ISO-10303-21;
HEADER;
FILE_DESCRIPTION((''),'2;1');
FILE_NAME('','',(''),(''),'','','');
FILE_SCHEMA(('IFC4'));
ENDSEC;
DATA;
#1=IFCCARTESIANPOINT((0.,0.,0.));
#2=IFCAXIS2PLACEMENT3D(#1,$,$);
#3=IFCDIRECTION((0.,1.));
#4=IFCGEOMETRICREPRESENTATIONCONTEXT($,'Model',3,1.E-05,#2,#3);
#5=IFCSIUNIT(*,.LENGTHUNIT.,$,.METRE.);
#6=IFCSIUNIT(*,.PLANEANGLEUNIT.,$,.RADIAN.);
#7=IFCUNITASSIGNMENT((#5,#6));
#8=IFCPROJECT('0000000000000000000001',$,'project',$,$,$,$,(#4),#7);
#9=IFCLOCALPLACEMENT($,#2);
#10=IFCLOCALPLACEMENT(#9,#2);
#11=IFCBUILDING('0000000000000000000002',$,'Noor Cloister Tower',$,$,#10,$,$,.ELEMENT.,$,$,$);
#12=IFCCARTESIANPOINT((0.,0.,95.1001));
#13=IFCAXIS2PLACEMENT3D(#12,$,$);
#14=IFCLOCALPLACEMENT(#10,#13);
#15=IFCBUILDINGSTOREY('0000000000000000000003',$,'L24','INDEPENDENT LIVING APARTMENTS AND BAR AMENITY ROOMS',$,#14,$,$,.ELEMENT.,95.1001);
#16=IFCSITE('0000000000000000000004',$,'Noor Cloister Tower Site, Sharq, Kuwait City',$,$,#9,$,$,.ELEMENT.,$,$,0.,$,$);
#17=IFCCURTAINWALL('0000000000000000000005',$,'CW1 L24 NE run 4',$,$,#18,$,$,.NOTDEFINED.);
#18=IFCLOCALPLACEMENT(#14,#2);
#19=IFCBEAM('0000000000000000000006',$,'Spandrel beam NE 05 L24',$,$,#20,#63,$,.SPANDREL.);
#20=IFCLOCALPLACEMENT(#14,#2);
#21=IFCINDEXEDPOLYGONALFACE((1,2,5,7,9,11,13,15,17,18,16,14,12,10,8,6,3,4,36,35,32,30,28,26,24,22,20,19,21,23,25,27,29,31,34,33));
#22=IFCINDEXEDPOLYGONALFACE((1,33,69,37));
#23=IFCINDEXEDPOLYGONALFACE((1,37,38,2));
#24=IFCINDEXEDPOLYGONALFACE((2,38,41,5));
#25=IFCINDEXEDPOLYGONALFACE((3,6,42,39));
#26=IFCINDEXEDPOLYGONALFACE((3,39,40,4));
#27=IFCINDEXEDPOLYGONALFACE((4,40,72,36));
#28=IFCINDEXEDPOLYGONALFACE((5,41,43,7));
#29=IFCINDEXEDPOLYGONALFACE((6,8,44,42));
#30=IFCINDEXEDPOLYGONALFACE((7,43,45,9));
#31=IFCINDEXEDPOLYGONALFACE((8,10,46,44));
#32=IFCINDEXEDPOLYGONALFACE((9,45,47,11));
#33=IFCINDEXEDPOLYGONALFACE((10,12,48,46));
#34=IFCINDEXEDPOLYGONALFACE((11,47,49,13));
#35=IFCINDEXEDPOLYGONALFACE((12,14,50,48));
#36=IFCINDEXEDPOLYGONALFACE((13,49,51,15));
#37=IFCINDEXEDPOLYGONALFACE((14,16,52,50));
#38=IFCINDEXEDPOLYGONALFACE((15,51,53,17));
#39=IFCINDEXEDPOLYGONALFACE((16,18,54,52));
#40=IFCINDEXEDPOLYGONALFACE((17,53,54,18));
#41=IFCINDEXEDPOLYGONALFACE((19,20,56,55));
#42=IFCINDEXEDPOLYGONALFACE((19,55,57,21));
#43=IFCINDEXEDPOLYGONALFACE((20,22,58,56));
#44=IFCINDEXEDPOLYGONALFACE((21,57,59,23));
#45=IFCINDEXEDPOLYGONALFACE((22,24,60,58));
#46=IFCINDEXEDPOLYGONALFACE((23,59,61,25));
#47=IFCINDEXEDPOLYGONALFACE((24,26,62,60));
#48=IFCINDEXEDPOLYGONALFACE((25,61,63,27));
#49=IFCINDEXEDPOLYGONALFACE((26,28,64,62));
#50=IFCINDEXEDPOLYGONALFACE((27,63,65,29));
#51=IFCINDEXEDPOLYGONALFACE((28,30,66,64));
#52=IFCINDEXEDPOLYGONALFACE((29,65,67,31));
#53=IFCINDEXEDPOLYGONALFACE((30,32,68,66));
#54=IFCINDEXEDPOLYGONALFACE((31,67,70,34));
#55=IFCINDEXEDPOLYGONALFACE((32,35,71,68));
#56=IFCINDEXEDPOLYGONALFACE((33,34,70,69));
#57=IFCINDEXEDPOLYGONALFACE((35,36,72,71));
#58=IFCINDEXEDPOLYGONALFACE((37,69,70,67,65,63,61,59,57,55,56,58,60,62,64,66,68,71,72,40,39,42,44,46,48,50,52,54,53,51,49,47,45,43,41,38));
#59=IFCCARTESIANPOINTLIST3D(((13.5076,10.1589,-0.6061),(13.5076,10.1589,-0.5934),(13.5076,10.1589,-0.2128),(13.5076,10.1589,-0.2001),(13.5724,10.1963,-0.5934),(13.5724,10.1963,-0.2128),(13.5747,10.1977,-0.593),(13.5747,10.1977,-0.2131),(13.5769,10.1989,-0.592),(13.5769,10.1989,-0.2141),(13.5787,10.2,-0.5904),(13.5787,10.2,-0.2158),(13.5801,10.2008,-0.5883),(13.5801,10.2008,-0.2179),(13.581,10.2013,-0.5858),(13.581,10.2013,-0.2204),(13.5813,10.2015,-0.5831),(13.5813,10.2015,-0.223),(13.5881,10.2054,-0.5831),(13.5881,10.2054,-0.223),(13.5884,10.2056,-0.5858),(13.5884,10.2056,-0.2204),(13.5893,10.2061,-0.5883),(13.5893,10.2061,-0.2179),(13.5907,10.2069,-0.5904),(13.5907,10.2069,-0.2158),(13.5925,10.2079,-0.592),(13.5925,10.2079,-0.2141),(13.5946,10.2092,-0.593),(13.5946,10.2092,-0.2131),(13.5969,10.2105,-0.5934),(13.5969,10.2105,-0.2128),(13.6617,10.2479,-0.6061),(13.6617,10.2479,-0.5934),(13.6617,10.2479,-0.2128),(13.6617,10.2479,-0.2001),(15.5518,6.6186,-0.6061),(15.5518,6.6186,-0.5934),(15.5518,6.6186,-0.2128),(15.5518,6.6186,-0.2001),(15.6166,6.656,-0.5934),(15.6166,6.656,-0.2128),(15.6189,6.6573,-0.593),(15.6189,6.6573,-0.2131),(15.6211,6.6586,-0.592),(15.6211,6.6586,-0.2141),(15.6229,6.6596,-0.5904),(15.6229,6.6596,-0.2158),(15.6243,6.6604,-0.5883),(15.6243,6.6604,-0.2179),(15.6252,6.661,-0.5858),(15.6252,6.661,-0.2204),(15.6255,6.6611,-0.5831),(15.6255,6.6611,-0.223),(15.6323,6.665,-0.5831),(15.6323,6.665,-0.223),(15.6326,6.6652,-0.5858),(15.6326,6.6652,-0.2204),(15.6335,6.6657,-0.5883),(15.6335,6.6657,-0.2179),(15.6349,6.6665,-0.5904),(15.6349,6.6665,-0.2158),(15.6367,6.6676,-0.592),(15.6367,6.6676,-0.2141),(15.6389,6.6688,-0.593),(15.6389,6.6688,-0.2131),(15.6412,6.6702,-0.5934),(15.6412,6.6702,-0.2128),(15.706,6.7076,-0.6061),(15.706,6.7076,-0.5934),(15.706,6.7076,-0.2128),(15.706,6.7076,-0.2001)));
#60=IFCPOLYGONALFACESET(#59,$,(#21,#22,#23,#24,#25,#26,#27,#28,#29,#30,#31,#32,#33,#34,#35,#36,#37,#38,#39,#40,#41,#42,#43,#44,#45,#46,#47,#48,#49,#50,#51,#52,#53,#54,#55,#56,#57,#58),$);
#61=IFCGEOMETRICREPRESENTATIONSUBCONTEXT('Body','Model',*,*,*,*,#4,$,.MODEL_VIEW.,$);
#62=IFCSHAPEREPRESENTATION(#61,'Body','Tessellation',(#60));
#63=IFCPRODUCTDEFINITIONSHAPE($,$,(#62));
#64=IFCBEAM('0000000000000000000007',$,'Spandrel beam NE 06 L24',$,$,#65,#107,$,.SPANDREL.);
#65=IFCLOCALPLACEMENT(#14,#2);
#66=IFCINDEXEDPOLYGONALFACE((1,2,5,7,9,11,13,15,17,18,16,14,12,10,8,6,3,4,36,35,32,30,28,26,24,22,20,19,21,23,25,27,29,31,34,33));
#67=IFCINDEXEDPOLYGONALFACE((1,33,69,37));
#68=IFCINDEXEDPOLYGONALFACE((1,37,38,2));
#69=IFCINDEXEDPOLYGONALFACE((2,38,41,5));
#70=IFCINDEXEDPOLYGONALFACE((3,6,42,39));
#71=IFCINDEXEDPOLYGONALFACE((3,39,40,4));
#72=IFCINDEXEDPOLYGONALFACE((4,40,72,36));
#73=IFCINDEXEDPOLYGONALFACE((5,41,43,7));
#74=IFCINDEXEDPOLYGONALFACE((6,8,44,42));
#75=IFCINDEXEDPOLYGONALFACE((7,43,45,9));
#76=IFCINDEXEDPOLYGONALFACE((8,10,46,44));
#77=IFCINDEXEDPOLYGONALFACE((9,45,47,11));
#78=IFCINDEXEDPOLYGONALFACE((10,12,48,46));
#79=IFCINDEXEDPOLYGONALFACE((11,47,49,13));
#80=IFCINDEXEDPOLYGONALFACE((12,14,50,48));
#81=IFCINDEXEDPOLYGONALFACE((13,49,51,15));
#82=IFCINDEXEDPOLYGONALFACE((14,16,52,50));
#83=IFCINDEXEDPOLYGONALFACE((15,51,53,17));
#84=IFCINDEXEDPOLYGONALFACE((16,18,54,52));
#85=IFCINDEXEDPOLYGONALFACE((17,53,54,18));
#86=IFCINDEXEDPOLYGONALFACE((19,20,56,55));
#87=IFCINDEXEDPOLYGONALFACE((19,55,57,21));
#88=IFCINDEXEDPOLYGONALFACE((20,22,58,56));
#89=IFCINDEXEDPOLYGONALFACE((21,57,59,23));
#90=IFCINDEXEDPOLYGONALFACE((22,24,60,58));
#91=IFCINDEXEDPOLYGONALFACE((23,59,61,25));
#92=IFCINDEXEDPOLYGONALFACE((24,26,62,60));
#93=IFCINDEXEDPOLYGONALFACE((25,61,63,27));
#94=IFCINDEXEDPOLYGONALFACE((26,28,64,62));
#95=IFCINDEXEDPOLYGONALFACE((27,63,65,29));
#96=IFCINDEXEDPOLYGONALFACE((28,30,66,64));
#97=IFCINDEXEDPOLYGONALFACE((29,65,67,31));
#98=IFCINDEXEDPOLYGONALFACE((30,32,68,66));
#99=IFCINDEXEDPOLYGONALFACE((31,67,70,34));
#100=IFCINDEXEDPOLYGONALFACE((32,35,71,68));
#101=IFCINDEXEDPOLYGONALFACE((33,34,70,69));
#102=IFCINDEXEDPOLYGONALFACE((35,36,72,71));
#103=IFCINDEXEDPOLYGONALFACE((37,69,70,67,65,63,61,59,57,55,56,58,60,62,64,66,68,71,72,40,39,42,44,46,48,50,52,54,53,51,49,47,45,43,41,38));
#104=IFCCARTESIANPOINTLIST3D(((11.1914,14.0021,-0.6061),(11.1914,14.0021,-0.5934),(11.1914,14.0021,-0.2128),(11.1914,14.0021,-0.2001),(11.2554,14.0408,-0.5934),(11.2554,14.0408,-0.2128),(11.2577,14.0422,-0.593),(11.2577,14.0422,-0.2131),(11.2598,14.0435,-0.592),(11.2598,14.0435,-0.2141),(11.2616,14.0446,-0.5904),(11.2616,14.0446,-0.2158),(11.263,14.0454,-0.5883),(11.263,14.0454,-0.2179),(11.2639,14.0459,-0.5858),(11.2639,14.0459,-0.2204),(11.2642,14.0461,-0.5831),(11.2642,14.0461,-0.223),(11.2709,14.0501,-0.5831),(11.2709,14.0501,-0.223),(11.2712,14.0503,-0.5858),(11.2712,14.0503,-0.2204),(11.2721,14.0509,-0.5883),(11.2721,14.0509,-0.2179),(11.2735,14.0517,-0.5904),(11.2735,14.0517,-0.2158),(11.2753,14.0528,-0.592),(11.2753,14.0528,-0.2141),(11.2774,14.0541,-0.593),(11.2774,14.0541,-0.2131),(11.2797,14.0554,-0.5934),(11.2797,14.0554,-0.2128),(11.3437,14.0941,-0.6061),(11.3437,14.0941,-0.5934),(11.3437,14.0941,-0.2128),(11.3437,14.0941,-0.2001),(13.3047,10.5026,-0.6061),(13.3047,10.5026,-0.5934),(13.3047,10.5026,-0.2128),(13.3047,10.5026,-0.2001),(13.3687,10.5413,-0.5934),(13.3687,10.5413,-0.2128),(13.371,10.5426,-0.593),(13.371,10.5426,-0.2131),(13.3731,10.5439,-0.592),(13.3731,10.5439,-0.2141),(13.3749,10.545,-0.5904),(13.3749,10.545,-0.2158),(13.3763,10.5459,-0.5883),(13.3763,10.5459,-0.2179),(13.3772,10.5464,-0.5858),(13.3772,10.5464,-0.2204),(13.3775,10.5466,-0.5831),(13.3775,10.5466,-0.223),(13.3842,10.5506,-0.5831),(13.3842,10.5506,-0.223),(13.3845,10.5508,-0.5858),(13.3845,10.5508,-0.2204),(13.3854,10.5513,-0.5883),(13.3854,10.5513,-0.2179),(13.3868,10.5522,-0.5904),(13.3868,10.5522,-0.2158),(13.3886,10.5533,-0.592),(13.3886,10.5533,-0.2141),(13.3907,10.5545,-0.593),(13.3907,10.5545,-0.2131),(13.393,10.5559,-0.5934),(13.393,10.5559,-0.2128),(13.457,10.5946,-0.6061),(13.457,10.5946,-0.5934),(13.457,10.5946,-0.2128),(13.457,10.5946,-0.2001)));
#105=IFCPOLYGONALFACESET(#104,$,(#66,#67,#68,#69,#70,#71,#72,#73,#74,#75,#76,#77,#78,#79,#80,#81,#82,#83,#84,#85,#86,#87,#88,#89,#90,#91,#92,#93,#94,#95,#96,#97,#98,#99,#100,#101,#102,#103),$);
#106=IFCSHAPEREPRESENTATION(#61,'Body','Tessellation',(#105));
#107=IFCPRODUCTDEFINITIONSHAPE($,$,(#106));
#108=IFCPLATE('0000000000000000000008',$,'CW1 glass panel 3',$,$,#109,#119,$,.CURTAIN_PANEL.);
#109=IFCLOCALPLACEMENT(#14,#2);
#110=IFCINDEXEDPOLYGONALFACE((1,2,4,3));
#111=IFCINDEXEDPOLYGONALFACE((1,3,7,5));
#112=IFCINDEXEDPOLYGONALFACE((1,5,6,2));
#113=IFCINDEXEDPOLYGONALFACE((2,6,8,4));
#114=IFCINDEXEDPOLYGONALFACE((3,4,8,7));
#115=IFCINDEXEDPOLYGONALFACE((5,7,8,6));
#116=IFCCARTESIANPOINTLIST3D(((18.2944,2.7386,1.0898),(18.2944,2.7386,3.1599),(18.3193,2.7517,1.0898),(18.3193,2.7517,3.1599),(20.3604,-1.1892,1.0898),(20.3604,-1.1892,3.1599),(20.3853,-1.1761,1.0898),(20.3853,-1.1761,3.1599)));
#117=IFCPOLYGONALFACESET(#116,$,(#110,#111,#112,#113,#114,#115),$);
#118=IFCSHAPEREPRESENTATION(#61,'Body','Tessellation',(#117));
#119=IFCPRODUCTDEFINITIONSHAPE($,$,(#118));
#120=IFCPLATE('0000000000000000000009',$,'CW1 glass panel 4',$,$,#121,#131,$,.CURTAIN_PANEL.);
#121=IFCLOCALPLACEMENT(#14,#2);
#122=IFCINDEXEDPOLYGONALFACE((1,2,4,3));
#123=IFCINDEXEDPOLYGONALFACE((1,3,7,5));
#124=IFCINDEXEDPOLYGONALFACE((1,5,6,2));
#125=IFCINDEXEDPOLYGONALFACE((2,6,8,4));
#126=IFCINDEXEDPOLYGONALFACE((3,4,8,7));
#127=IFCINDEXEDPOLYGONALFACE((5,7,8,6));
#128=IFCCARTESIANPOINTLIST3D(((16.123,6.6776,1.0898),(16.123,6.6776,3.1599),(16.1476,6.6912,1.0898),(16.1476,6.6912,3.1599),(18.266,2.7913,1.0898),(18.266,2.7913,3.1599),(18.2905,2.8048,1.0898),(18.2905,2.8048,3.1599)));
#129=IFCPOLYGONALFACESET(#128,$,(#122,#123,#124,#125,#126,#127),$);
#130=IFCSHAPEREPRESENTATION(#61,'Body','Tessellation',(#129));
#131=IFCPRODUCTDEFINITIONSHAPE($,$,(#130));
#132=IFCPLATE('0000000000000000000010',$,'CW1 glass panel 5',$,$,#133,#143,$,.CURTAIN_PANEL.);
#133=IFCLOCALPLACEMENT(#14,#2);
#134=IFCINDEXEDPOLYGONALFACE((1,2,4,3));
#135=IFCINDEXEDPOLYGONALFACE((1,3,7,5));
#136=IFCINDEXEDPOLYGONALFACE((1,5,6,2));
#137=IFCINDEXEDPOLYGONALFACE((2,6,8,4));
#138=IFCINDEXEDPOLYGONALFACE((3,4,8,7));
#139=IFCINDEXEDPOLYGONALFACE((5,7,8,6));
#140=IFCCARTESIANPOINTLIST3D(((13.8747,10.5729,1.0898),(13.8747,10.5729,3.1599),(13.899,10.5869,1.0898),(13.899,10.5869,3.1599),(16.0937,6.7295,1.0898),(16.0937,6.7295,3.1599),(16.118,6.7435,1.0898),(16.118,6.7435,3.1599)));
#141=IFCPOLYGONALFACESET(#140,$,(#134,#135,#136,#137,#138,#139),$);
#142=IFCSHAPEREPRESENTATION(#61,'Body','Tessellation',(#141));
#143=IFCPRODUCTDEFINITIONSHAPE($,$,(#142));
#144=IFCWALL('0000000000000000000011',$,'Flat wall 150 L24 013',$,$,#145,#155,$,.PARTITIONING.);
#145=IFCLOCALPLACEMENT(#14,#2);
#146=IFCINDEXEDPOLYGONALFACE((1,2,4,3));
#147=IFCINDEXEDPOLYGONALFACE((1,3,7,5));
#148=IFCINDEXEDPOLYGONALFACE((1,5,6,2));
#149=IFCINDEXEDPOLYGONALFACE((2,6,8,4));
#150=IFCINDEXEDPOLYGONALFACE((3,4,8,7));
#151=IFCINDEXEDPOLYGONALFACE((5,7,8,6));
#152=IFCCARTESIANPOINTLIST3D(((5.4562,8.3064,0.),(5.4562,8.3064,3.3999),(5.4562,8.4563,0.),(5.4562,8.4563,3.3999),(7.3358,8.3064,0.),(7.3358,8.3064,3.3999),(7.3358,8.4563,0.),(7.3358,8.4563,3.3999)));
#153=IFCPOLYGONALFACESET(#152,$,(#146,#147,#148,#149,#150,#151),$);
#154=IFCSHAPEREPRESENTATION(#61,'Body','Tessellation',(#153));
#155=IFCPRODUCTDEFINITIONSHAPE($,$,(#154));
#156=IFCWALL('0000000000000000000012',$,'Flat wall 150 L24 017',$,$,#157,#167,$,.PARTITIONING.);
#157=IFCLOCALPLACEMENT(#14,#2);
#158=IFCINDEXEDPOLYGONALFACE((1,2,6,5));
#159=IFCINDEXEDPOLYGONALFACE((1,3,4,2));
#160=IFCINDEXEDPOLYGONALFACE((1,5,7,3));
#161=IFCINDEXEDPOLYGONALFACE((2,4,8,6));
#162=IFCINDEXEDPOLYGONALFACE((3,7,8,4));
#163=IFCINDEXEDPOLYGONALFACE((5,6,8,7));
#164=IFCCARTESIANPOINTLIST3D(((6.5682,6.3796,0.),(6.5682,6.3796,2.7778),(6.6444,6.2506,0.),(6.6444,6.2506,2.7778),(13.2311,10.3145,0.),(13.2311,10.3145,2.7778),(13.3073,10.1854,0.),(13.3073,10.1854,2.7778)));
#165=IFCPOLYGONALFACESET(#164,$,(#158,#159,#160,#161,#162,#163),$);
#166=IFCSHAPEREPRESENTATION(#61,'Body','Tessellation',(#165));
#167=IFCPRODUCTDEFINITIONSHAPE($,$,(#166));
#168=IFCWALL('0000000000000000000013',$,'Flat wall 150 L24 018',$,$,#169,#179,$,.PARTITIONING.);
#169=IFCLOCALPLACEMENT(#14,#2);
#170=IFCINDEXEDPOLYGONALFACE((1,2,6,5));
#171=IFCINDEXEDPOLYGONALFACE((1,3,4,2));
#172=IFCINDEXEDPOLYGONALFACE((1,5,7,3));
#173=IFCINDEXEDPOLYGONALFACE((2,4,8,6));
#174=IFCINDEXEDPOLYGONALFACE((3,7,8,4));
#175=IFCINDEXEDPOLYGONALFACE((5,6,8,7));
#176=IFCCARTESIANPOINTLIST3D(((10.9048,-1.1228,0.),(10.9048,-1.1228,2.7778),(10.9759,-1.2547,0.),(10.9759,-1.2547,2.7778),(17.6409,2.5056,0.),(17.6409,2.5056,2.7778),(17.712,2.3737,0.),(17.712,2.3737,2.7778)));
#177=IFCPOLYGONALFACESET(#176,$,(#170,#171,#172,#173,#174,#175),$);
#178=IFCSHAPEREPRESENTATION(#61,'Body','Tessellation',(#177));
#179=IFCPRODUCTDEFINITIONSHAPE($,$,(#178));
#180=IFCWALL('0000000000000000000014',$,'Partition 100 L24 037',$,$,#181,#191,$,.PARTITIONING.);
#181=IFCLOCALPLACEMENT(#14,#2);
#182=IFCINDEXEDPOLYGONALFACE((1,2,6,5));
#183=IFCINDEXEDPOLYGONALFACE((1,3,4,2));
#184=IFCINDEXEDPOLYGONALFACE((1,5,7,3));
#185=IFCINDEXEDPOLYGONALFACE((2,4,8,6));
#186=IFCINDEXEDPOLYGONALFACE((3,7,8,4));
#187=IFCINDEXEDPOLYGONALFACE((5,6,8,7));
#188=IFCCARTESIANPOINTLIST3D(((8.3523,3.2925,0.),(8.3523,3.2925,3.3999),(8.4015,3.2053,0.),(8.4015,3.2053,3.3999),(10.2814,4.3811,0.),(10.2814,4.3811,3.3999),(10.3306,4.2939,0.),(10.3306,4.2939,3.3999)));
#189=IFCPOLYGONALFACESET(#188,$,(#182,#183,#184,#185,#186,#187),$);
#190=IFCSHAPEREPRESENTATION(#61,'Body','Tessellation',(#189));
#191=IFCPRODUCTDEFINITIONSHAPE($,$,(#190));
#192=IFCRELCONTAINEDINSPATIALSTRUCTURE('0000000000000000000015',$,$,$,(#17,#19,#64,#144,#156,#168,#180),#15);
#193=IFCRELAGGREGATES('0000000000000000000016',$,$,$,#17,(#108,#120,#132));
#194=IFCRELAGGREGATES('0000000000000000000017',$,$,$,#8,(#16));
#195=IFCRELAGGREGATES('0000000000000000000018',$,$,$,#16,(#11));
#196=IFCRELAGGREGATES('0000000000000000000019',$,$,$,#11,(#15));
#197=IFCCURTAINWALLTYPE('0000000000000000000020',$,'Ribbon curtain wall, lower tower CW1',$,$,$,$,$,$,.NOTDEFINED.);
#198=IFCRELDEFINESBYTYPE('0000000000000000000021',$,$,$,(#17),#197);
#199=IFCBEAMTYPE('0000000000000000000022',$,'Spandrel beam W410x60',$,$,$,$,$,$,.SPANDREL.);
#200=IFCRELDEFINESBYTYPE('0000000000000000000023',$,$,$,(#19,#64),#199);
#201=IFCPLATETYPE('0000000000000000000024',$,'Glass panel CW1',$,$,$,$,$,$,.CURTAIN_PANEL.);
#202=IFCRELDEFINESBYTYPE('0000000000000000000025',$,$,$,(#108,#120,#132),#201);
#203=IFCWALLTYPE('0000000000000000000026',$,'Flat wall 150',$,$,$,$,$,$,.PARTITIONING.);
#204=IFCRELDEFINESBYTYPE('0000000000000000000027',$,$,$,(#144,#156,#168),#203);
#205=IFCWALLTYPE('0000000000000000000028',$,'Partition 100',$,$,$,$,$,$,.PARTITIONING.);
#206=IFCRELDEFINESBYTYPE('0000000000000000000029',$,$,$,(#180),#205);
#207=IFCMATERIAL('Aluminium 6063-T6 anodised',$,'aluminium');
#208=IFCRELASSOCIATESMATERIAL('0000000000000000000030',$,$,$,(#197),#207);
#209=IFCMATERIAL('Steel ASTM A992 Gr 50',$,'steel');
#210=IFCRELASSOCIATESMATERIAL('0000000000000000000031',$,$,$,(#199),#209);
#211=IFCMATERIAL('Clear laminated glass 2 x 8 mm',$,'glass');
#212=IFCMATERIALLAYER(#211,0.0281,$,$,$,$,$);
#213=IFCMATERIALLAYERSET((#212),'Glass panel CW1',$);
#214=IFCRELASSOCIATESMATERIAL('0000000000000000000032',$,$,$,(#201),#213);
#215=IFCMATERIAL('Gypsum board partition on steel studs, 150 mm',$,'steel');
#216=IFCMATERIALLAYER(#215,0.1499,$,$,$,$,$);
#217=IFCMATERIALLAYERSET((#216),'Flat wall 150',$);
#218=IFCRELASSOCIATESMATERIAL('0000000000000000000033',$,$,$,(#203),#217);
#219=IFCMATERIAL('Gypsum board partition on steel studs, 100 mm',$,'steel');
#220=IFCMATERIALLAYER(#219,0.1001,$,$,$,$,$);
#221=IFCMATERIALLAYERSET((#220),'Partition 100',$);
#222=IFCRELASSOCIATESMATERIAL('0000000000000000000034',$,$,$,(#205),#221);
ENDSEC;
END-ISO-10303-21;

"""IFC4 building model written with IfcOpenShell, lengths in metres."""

from ifc_helpers import new_model, si_unit, direction, frame, frame_2d, origin, origin_2d, place, context, subcontext, project, spatial, rectangle, i_section, extrude, material, layer, layer_set, material_profile, profile_set, type_object, element, aggregate, save


model = new_model("IFC4")

# Units and contexts
model_context = context("Model", 3, precision=1e-05, world=origin(), true_north=direction((0.0, 1.0)))
body_context = subcontext(model_context, "Body", "Model", "MODEL_VIEW")
ifc_project = project(units=[si_unit("LENGTHUNIT", "METRE"), si_unit("PLANEANGLEUNIT", "RADIAN")], contexts=[model_context])

# Site, building, storey
site_placement = place(None, origin())
site = spatial("IfcSite", under=ifc_project, at=site_placement, Name="Noor Cloister Tower Site, Sharq, Kuwait City", CompositionType="ELEMENT", RefElevation=0.0)
building_placement = place(site_placement, origin())
building = spatial("IfcBuilding", under=site, at=building_placement, Name="Noor Cloister Tower", CompositionType="ELEMENT")
storey_placement = place(building_placement, frame((0.0, 0.0, 95.1001)))
storey = spatial("IfcBuildingStorey", under=building, at=storey_placement, Name="L24", Description="INDEPENDENT LIVING APARTMENTS AND BAR AMENITY ROOMS", CompositionType="ELEMENT", Elevation=95.1001)

# Curtain wall
ifc_material_1 = material(Name="Aluminium 6063-T6 anodised", Category="aluminium")
curtain_wall_type = type_object("IfcCurtainWallType", Name="Ribbon curtain wall, lower tower CW1", PredefinedType="NOTDEFINED", material=ifc_material_1)
curtain_wall_placement = place(storey_placement, origin())
curtain_wall = element("IfcCurtainWall", 1, at=curtain_wall_placement, inside=storey, type_object=curtain_wall_type, Name="CW1 L24 NE run 4", PredefinedType="NOTDEFINED")

# Beams
ifc_material_2 = material(Name="Steel ASTM A992 Gr 50", Category="steel")
ifc_material_profile_1 = material_profile(ifc_material_2, i_section(OverallWidth=0.178, OverallDepth=0.406, WebThickness=0.0078, FlangeThickness=0.0127, FilletRadius=0.0103, at=origin_2d()), Name="W410x60")
ifc_profile_set_1 = profile_set([ifc_material_profile_1], Name="Steel ASTM A992 Gr 50")
beam_type_1 = type_object("IfcBeamType", Name="Spandrel beam W410x60", PredefinedType="SPANDREL", material=ifc_profile_set_1)
for number, where, z_axis, x_axis, name in (
    (2, (15.6289, 6.6631, -0.4031), (-0.500038, 0.866004, 0.0), (-0.866004, -0.500038, 0.0), "Spandrel beam NE 05 L24"),
    (3, (13.3809, 10.5486, -0.4031), (-0.516935, 0.856025, 0.0), (-0.856025, -0.516935, 0.0), "Spandrel beam NE 06 L24"),
):
    element("IfcBeam", number, at=place(storey_placement, frame(where, z_axis=z_axis, x_axis=x_axis)), inside=storey, type_object=beam_type_1, Name=name, PredefinedType="SPANDREL", context=body_context, shape_type="SweptSolid", body=[
        extrude(i_section(OverallWidth=0.178, OverallDepth=0.406, WebThickness=0.0078, FlangeThickness=0.0127, FilletRadius=0.0103, at=origin_2d()), origin(), (0.0, 0.0, 1.0), 4.0881),
    ])

# Plates
ifc_material_3 = material(Name="Clear laminated glass 2 x 8 mm", Category="glass")
ifc_layer_1 = layer(ifc_material_3, 0.0281)
ifc_layer_set_1 = layer_set([ifc_layer_1], Name="Glass panel CW1")
plate_type = type_object("IfcPlateType", Name="Glass panel CW1", PredefinedType="CURTAIN_PANEL", material=ifc_layer_set_1)
plate_1_placement = place(storey_placement, frame((19.3398, 0.7812, 1.0898), z_axis=(0.0, 0.0, 1.0), x_axis=(-0.465529, 0.885033, 0.0)))
plate_1 = element("IfcPlate", 4, at=plate_1_placement, type_object=plate_type, Name="CW1 glass panel 3", PredefinedType="CURTAIN_PANEL", context=body_context, shape_type="SweptSolid", body=[
    extrude(rectangle(XDim=4.438, YDim=0.0281, at=origin_2d()), origin(), (0.0, 0.0, 1.0), 2.0701),
])
plate_2_placement = place(storey_placement, frame((17.2068, 4.7412, 1.0898), z_axis=(0.0, 0.0, 1.0), x_axis=(-0.482858, 0.875699, 0.0)))
plate_2 = element("IfcPlate", 5, at=plate_2_placement, type_object=plate_type, Name="CW1 glass panel 4", PredefinedType="CURTAIN_PANEL", context=body_context, shape_type="SweptSolid", body=[
    extrude(rectangle(XDim=4.438, YDim=0.0281, at=origin_2d()), origin(), (0.0, 0.0, 1.0), 2.0701),
])
plate_3_placement = place(storey_placement, frame((14.9963, 8.6582, 1.0898), z_axis=(0.0, 0.0, 1.0), x_axis=(-0.5, 0.866025, 0.0)))
plate_3 = element("IfcPlate", 6, at=plate_3_placement, type_object=plate_type, Name="CW1 glass panel 5", PredefinedType="CURTAIN_PANEL", context=body_context, shape_type="SweptSolid", body=[
    extrude(rectangle(XDim=4.438, YDim=0.0281, at=origin_2d()), origin(), (0.0, 0.0, 1.0), 2.0701),
])
aggregate(curtain_wall, [plate_1, plate_2, plate_3])

# Walls
ifc_material_4 = material(Name="Gypsum board partition on steel studs, 150 mm", Category="steel")
ifc_layer_2 = layer(ifc_material_4, 0.1499)
ifc_layer_set_2 = layer_set([ifc_layer_2], Name="Flat wall 150")
wall_type_1 = type_object("IfcWallType", Name="Flat wall 150", PredefinedType="PARTITIONING", material=ifc_layer_set_2)
wall_1_placement = place(storey_placement, frame((5.4561, 8.3813, 0.0), z_axis=(0.0, 0.0, 1.0), x_axis=(1.0, 0.0, 0.0)))
element("IfcWall", 7, at=wall_1_placement, inside=storey, type_object=wall_type_1, Name="Flat wall 150 L24 013", PredefinedType="PARTITIONING", context=body_context, shape_type="SweptSolid", body=[
    extrude(rectangle(XDim=1.8796, YDim=0.1499, at=frame_2d((0.9399, 0.0))), origin(), (0.0, 0.0, 1.0), 3.3999),
])
wall_2_placement = place(storey_placement, frame((13.2693, 10.25, 0.0), z_axis=(0.0, 0.0, 1.0), x_axis=(-0.861058, -0.508507, 0.0)))
element("IfcWall", 8, at=wall_2_placement, inside=storey, type_object=wall_type_1, Name="Flat wall 150 L24 017", PredefinedType="PARTITIONING", context=body_context, shape_type="SweptSolid", body=[
    extrude(rectangle(XDim=7.738, YDim=0.1499, at=frame_2d((3.8691, 0.0))), origin(), (0.0, 0.0, 1.0), 2.7778),
])
wall_3_placement = place(storey_placement, frame((17.6765, 2.4397, 0.0), z_axis=(0.0, 0.0, 1.0), x_axis=(-0.8804, -0.474231, 0.0)))
element("IfcWall", 9, at=wall_3_placement, inside=storey, type_object=wall_type_1, Name="Flat wall 150 L24 018", PredefinedType="PARTITIONING", context=body_context, shape_type="SweptSolid", body=[
    extrude(rectangle(XDim=7.6511, YDim=0.1499, at=frame_2d((3.8257, 0.0))), origin(), (0.0, 0.0, 1.0), 2.7778),
])
ifc_material_5 = material(Name="Gypsum board partition on steel studs, 100 mm", Category="steel")
ifc_layer_3 = layer(ifc_material_5, 0.1001)
ifc_layer_set_3 = layer_set([ifc_layer_3], Name="Partition 100")
wall_type_2 = type_object("IfcWallType", Name="Partition 100", PredefinedType="PARTITIONING", material=ifc_layer_set_3)
wall_4_placement = place(storey_placement, frame((10.3059, 4.3374, 0.0), z_axis=(0.0, 0.0, 1.0), x_axis=(-0.87091, -0.491443, 0.0)))
element("IfcWall", 10, at=wall_4_placement, inside=storey, type_object=wall_type_2, Name="Partition 100 L24 037", PredefinedType="PARTITIONING", context=body_context, shape_type="SweptSolid", body=[
    extrude(rectangle(XDim=2.2151, YDim=0.1001, at=frame_2d((1.1074, 0.0))), origin(), (0.0, 0.0, 1.0), 3.3999),
])

save(model, "model.ifc")
